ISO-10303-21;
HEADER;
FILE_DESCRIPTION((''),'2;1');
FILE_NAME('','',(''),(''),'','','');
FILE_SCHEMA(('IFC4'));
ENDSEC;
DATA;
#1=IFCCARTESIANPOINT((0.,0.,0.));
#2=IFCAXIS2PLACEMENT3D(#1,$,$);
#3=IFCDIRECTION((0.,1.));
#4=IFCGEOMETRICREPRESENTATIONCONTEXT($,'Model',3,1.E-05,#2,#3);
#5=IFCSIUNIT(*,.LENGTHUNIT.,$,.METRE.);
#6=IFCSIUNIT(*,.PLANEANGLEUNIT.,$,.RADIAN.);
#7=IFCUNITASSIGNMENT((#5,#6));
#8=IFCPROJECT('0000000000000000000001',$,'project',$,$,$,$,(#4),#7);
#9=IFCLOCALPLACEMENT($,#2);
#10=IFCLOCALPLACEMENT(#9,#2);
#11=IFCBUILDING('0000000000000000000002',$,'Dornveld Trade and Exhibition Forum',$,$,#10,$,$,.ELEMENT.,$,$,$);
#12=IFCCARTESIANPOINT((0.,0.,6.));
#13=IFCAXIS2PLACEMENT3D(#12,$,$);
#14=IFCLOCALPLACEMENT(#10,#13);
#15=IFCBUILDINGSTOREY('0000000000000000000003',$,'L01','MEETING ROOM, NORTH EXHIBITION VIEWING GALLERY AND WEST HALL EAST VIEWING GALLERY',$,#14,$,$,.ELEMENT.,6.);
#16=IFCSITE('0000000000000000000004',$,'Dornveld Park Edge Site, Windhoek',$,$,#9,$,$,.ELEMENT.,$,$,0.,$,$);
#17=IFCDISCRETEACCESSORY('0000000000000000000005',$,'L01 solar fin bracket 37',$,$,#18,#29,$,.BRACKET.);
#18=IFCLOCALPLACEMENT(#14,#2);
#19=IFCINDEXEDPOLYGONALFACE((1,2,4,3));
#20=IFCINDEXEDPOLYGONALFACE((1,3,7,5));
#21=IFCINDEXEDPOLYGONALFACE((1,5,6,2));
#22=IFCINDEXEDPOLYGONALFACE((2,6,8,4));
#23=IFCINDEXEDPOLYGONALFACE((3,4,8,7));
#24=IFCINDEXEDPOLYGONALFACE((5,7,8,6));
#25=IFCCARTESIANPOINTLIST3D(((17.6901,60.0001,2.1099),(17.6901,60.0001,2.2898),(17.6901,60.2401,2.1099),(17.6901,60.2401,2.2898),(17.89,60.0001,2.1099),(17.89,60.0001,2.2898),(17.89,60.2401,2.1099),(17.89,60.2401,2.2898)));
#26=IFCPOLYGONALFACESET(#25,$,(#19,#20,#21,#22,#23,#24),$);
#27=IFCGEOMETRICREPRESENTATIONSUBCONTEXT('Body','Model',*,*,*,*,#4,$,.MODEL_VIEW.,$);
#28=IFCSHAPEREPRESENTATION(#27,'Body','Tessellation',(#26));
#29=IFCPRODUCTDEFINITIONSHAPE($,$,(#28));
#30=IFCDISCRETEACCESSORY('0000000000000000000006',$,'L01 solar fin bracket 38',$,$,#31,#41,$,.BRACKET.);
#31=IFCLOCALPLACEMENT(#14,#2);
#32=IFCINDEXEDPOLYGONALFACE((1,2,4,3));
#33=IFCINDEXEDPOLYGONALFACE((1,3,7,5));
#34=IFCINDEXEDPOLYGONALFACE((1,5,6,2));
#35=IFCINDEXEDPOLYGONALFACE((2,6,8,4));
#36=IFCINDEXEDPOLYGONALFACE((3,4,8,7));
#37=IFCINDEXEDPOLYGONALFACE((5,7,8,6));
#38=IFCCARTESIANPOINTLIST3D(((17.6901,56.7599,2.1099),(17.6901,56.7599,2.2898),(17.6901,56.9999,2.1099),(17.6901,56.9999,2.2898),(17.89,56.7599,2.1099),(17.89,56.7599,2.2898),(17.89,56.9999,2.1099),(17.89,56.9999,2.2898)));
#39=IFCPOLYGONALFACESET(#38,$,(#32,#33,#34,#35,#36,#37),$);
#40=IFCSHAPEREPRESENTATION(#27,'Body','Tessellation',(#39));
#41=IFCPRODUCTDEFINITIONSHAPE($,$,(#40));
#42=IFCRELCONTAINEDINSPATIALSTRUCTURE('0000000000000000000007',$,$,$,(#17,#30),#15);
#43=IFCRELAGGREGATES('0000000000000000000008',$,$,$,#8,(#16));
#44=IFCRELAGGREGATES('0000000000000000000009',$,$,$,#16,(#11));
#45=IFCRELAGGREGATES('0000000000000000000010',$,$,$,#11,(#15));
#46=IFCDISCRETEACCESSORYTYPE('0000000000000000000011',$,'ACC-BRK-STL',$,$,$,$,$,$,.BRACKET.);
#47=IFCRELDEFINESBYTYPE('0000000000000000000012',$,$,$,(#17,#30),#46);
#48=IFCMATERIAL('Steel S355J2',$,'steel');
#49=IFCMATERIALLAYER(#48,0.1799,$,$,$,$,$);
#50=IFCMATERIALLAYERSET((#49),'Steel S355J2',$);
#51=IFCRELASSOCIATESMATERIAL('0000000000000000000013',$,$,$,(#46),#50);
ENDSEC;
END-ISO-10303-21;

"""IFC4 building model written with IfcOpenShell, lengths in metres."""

from ifc_helpers import new_model, si_unit, direction, frame, origin, origin_2d, place, context, subcontext, project, spatial, rectangle, extrude, material, layer, layer_set, type_object, element, save


model = new_model("IFC4")

# Units and contexts
model_context = context("Model", 3, precision=1e-05, world=origin(), true_north=direction((0.0, 1.0)))
body_context = subcontext(model_context, "Body", "Model", "MODEL_VIEW")
ifc_project = project(units=[si_unit("LENGTHUNIT", "METRE"), si_unit("PLANEANGLEUNIT", "RADIAN")], contexts=[model_context])

# Site, building, storey
site_placement = place(None, origin())
site = spatial("IfcSite", under=ifc_project, at=site_placement, Name="Dornveld Park Edge Site, Windhoek", CompositionType="ELEMENT", RefElevation=0.0)
building_placement = place(site_placement, origin())
building = spatial("IfcBuilding", under=site, at=building_placement, Name="Dornveld Trade and Exhibition Forum", CompositionType="ELEMENT")
storey_placement = place(building_placement, frame((0.0, 0.0, 6.0)))
storey = spatial("IfcBuildingStorey", under=building, at=storey_placement, Name="L01", Description="MEETING ROOM, NORTH EXHIBITION VIEWING GALLERY AND WEST HALL EAST VIEWING GALLERY", CompositionType="ELEMENT", Elevation=6.0)

# Discrete accessories
ifc_material_1 = material(Name="Steel S355J2", Category="steel")
ifc_layer_1 = layer(ifc_material_1, 0.1799)
ifc_layer_set_1 = layer_set([ifc_layer_1], Name="Steel S355J2")
discrete_accessory_type = type_object("IfcDiscreteAccessoryType", Name="ACC-BRK-STL", PredefinedType="BRACKET", material=ifc_layer_set_1)
for number, where, z_axis, x_axis, name in (
    (1, (17.79, 60.1201, 2.1099), (0.0, 0.0, 1.0), (0.0, -1.0, 0.0), "L01 solar fin bracket 37"),
    (2, (17.79, 56.8799, 2.1099), (0.0, 0.0, 1.0), (0.0, -1.0, 0.0), "L01 solar fin bracket 38"),
):
    element("IfcDiscreteAccessory", number, at=place(storey_placement, frame(where, z_axis=z_axis, x_axis=x_axis)), inside=storey, type_object=discrete_accessory_type, Name=name, PredefinedType="BRACKET", context=body_context, shape_type="SweptSolid", body=[
        extrude(rectangle(XDim=0.24, YDim=0.2, at=origin_2d()), origin(), (0.0, 0.0, 1.0), 0.1799),
    ])

save(model, "model.ifc")
